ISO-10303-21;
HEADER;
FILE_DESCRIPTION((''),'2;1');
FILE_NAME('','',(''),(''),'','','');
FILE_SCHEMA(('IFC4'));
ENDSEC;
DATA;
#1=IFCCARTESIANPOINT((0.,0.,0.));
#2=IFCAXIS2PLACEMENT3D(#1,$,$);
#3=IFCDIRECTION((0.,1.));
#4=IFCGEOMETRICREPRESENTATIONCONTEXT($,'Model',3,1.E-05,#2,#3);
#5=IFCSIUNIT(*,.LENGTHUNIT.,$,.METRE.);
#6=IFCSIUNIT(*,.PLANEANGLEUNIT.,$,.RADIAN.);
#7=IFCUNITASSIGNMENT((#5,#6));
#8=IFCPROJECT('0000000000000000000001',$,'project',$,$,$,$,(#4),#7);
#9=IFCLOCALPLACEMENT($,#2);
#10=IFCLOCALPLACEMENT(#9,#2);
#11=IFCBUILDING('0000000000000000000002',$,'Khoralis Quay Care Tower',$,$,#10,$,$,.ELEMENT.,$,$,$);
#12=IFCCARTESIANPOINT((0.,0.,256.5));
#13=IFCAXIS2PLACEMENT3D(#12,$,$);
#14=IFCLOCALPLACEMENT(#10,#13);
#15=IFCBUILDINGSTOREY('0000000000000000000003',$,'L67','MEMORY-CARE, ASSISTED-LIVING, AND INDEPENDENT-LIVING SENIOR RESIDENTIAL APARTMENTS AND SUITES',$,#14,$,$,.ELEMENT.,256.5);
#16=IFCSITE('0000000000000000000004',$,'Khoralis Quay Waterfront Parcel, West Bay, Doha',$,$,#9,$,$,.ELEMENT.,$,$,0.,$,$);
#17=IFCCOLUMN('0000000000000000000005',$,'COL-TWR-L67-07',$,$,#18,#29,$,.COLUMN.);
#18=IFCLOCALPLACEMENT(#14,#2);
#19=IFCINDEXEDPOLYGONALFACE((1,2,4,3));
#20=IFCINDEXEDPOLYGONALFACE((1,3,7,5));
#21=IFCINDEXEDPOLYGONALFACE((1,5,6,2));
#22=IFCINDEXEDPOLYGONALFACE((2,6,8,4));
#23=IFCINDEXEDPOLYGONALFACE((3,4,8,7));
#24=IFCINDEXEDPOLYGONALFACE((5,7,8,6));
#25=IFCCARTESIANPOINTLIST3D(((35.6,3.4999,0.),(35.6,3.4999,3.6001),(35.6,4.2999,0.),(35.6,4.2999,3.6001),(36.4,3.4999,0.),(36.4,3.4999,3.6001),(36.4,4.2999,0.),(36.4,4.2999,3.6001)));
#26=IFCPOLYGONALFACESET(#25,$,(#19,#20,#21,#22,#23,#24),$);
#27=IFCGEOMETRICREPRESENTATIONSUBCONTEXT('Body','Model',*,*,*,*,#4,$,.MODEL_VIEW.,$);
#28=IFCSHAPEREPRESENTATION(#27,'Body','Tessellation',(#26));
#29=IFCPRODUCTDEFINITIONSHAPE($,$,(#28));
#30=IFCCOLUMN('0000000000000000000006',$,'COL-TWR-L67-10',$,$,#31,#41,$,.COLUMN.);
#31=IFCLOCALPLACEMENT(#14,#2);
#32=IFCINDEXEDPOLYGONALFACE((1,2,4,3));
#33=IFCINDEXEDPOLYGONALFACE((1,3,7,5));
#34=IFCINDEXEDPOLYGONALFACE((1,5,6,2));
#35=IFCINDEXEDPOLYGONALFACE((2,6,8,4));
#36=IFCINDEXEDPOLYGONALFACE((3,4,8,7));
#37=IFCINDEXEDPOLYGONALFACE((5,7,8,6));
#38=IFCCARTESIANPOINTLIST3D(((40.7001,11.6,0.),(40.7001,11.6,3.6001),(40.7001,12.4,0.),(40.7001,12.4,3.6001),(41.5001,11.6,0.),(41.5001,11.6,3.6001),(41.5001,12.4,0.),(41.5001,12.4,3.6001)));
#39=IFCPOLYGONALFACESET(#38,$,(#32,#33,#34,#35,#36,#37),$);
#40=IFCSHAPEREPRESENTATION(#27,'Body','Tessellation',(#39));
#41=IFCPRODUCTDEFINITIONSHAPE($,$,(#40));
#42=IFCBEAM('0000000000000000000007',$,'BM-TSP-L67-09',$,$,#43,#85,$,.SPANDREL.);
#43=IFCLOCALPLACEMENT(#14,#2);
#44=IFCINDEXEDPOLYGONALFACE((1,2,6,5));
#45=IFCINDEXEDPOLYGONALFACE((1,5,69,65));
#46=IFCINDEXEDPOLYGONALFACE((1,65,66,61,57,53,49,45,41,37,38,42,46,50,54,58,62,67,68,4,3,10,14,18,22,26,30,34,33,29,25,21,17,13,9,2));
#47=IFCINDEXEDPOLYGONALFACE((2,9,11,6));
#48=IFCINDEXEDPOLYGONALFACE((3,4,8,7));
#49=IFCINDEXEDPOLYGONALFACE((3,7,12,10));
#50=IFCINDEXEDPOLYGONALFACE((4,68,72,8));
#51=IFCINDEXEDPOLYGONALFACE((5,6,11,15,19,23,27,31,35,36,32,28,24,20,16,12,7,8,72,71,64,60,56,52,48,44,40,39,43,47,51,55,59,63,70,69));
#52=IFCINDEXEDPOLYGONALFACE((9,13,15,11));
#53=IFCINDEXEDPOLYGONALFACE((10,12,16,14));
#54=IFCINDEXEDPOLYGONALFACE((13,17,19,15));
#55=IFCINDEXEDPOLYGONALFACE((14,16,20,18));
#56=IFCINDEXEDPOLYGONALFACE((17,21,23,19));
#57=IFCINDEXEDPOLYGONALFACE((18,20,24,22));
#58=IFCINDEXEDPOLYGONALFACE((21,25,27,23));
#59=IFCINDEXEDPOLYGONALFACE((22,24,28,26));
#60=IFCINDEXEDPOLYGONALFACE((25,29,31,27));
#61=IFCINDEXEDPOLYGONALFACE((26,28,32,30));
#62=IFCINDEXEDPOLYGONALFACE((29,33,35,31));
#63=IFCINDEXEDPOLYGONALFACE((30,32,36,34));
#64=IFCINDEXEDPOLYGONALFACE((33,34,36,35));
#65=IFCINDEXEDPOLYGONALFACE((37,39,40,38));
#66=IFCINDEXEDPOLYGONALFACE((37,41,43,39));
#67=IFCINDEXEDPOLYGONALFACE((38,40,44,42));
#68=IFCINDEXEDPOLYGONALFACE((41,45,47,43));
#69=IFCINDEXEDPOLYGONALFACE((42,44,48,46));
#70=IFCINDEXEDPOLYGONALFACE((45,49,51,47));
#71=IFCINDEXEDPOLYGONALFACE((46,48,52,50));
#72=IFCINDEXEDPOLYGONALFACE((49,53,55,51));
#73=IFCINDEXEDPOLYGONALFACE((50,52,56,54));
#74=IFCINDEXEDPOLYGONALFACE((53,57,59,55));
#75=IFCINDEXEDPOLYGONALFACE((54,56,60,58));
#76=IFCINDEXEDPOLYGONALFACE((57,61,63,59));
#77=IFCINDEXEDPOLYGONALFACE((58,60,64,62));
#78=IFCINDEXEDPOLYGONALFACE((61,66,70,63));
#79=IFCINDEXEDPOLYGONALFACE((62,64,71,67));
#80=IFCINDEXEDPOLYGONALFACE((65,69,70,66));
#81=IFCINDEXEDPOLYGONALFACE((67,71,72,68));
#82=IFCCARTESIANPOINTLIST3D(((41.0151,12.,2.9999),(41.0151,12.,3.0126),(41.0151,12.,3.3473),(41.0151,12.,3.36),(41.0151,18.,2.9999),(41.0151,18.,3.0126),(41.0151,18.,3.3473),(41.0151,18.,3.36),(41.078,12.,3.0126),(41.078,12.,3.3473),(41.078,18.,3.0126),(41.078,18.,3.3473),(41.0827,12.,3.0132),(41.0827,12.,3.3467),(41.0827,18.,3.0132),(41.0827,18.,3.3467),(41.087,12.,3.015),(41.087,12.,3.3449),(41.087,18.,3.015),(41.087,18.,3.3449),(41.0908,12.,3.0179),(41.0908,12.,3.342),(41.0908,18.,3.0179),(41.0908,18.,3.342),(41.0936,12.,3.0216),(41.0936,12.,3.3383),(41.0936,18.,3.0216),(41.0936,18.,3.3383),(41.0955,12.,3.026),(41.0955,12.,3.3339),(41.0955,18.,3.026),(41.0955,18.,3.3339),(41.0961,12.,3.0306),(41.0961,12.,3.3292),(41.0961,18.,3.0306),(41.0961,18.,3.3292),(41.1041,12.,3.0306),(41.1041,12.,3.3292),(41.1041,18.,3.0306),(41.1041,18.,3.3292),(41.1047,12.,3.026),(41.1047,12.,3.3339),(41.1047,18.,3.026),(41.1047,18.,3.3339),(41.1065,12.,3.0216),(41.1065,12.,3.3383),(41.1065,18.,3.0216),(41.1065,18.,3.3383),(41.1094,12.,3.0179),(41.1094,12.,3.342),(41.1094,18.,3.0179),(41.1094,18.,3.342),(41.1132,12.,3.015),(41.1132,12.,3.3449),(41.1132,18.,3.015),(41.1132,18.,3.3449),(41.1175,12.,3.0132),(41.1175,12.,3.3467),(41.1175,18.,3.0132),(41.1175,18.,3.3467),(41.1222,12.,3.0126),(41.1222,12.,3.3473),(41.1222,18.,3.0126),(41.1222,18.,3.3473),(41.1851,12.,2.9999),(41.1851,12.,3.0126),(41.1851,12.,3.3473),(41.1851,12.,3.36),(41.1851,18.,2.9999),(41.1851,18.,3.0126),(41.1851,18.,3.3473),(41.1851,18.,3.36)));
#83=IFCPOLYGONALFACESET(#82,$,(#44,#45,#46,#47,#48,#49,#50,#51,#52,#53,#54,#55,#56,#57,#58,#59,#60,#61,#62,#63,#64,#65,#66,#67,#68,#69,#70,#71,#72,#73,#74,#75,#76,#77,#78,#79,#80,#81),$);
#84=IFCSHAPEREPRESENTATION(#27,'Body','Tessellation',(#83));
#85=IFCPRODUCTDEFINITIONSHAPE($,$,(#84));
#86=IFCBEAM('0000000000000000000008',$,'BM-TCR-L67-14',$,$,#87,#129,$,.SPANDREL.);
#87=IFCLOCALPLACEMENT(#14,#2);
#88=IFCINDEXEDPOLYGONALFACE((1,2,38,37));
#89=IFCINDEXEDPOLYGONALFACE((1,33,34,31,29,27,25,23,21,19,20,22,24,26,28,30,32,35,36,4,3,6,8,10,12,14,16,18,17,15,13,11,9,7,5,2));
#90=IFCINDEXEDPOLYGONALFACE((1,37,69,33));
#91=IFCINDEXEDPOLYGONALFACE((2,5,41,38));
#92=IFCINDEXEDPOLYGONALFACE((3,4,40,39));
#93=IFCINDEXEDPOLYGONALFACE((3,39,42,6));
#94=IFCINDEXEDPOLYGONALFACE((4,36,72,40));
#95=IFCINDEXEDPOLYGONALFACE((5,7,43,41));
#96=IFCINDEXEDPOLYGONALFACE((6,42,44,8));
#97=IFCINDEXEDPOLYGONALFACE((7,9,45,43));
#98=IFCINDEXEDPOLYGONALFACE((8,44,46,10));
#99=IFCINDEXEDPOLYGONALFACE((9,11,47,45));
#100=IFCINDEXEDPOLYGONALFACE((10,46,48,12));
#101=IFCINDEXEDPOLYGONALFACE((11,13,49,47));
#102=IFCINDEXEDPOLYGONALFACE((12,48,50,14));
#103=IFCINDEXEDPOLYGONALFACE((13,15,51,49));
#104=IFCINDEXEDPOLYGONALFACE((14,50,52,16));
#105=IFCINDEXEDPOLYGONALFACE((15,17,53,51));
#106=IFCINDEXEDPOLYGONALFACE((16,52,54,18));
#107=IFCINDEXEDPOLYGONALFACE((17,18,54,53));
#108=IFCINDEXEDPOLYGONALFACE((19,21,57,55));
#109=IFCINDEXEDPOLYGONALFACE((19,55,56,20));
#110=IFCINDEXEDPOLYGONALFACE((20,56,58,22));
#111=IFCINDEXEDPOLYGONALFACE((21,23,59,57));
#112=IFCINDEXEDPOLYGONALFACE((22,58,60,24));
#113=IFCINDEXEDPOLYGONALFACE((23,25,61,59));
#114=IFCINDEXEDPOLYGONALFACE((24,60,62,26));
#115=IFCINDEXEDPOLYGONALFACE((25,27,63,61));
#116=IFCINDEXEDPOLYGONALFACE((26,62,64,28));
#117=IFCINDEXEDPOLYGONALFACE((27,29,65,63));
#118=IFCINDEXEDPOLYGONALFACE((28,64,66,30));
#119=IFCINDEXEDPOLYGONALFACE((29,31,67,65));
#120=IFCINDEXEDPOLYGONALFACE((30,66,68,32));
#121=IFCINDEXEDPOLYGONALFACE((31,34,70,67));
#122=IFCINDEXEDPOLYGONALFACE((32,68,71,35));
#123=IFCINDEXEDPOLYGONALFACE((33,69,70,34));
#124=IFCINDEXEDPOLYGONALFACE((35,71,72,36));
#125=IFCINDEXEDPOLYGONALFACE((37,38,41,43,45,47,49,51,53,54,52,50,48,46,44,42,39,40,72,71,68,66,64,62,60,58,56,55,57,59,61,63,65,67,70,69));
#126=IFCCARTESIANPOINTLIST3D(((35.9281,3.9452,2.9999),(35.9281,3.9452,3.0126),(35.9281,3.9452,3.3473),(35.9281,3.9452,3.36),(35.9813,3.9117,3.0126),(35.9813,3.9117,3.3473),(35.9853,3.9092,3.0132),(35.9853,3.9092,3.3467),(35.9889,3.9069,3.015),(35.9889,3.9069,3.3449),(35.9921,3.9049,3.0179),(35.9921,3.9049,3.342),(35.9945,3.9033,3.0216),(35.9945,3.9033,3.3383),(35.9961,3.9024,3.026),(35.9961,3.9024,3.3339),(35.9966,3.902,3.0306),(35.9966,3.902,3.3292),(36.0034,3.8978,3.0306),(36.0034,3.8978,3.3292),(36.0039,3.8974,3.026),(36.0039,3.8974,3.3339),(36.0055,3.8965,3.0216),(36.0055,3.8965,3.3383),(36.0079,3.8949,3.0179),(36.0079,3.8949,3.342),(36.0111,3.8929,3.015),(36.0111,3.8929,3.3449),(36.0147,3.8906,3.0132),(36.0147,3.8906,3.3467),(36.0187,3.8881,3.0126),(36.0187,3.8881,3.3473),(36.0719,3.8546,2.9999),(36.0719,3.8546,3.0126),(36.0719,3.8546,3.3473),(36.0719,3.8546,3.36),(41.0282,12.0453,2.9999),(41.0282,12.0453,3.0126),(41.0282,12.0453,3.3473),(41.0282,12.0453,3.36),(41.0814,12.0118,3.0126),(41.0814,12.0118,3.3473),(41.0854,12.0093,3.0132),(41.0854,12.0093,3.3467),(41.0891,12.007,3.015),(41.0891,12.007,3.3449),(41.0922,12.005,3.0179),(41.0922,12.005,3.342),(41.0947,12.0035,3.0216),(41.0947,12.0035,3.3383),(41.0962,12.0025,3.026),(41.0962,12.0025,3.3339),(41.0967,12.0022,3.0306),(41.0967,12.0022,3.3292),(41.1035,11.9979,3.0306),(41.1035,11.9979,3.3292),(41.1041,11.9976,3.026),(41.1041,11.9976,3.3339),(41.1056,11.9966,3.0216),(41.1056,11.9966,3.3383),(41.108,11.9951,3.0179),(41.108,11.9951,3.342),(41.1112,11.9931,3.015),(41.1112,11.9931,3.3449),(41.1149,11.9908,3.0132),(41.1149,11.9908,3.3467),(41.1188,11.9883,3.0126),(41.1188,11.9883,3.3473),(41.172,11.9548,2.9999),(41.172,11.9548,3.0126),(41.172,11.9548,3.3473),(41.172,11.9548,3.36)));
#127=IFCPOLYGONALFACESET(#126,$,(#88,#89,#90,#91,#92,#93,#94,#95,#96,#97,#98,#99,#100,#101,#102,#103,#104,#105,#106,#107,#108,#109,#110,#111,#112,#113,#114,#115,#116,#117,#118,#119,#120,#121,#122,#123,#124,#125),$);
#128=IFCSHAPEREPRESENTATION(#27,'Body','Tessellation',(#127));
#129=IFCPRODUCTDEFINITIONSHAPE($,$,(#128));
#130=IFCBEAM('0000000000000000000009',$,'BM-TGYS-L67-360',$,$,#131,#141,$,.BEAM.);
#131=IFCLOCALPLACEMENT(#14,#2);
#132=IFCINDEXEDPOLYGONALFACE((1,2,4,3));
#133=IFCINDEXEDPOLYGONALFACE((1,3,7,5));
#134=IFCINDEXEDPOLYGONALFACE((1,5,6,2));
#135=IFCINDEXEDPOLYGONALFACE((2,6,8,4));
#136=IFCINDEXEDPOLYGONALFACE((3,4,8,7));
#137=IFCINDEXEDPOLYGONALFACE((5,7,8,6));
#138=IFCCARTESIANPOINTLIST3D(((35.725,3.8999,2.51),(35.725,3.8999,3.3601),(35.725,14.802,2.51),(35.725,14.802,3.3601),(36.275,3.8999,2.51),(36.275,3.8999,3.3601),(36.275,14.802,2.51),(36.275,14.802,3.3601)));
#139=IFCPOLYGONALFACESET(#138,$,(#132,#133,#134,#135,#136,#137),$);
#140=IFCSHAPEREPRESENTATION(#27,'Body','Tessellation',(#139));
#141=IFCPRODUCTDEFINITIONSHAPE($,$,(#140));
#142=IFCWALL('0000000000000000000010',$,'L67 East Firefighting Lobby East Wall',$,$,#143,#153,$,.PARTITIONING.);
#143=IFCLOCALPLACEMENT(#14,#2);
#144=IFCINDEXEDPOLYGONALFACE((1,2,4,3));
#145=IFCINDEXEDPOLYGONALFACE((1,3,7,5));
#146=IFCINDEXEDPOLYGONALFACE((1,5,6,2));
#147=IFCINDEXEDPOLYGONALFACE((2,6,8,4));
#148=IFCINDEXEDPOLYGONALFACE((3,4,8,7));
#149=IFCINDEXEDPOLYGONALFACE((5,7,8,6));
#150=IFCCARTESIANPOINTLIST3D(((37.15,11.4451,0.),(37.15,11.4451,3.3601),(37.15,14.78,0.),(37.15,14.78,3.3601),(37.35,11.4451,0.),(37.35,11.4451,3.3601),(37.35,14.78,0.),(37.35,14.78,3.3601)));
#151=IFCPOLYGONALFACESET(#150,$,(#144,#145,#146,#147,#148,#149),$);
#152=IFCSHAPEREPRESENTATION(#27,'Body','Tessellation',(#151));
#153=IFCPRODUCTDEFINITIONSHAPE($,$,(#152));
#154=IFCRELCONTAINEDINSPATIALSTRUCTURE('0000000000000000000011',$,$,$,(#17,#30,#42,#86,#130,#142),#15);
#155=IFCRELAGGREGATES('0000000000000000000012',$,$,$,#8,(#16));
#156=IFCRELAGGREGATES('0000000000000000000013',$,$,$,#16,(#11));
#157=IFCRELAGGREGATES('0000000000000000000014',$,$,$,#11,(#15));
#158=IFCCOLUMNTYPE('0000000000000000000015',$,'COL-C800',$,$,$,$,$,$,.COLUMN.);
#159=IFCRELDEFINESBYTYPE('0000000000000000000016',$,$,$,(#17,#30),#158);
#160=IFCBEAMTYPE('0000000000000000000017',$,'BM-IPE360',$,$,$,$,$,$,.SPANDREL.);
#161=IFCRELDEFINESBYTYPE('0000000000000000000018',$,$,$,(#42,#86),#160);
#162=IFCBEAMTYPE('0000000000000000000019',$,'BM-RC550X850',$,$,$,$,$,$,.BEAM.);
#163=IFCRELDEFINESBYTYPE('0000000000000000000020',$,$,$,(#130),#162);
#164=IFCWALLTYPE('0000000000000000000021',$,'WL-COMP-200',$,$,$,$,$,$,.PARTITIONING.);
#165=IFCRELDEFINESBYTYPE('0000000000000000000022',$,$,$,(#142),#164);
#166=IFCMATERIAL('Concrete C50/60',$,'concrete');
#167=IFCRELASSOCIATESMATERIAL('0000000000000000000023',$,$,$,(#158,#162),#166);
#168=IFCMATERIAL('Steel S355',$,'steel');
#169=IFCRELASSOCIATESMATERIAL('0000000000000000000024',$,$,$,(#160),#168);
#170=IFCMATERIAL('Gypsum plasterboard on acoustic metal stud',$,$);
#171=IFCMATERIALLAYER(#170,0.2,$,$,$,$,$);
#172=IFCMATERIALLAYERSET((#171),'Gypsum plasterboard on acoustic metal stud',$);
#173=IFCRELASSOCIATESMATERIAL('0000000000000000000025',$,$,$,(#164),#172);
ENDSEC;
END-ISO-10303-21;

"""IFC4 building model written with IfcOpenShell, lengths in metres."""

from ifc_helpers import new_model, si_unit, direction, frame, frame_2d, origin, origin_2d, place, context, subcontext, project, spatial, rectangle, i_section, extrude, source, transform, mapped, material, layer, layer_set, material_profile, profile_set, type_object, element, save


model = new_model("IFC4")

# Units and contexts
model_context = context("Model", 3, precision=1e-05, world=origin(), true_north=direction((0.0, 1.0)))
body_context = subcontext(model_context, "Body", "Model", "MODEL_VIEW")
ifc_project = project(units=[si_unit("LENGTHUNIT", "METRE"), si_unit("PLANEANGLEUNIT", "RADIAN")], contexts=[model_context])

# Site, building, storey
site_placement = place(None, origin())
site = spatial("IfcSite", under=ifc_project, at=site_placement, Name="Khoralis Quay Waterfront Parcel, West Bay, Doha", CompositionType="ELEMENT", RefElevation=0.0)
building_placement = place(site_placement, origin())
building = spatial("IfcBuilding", under=site, at=building_placement, Name="Khoralis Quay Care Tower", CompositionType="ELEMENT")
storey_placement = place(building_placement, frame((0.0, 0.0, 256.5)))
storey = spatial("IfcBuildingStorey", under=building, at=storey_placement, Name="L67", Description="MEMORY-CARE, ASSISTED-LIVING, AND INDEPENDENT-LIVING SENIOR RESIDENTIAL APARTMENTS AND SUITES", CompositionType="ELEMENT", Elevation=256.5)

# Columns
ifc_material_1 = material(Name="Concrete C50/60", Category="concrete")
ifc_material_profile_1 = material_profile(ifc_material_1, rectangle(XDim=0.8, YDim=0.8, at=origin_2d()), Name="Concrete C50/60")
ifc_profile_set_1 = profile_set([ifc_material_profile_1], Name="Concrete C50/60")
column_type = type_object("IfcColumnType", Name="COL-C800", PredefinedType="COLUMN", material=ifc_profile_set_1)
shared_shape_1 = source(origin(), body_context, "Body", "SweptSolid", [
    extrude(rectangle(XDim=0.8, YDim=0.8, at=origin_2d()), origin(), (0.0, 0.0, 1.0), 3.6001),
])
for number, where, z_axis, x_axis, name in (
    (1, (36.0, 3.8999, 0.0), (0.0, 0.0, 1.0), (1.0, 0.0, 0.0), "COL-TWR-L67-07"),
    (2, (41.1001, 12.0, 0.0), (0.0, 0.0, 1.0), (1.0, 0.0, 0.0), "COL-TWR-L67-10"),
):
    element("IfcColumn", number, at=place(storey_placement, frame(where, z_axis=z_axis, x_axis=x_axis)), inside=storey, type_object=column_type, Name=name, PredefinedType="COLUMN", context=body_context, shape_type="MappedRepresentation", body=[
        mapped(shared_shape_1, transform((0.0, 0.0, 0.0), scale=1.0)),
    ])

# Beams
ifc_material_2 = material(Name="Steel S355", Category="steel")
ifc_material_profile_2 = material_profile(ifc_material_2, i_section(OverallWidth=0.1699, OverallDepth=0.3601, WebThickness=0.0081, FlangeThickness=0.0127, FilletRadius=0.0181, at=origin_2d()), Name="Steel S355")
ifc_profile_set_2 = profile_set([ifc_material_profile_2], Name="Steel S355")
beam_type_1 = type_object("IfcBeamType", Name="BM-IPE360", PredefinedType="SPANDREL", material=ifc_profile_set_2)
shared_shape_2 = source(origin(), body_context, "Body", "SweptSolid", [
    extrude(i_section(OverallWidth=0.1699, OverallDepth=0.3601, WebThickness=0.0081, FlangeThickness=0.0127, FilletRadius=0.0181, at=origin_2d()), origin(), (0.0, 0.0, 1.0), 6.0),
])
beam_1_placement = place(storey_placement, frame((41.1001, 12.0, 3.1799), z_axis=(0.0, 1.0, 0.0), x_axis=(-1.0, 0.0, 0.0)))
element("IfcBeam", 3, at=beam_1_placement, inside=storey, type_object=beam_type_1, Name="BM-TSP-L67-09", PredefinedType="SPANDREL", context=body_context, shape_type="MappedRepresentation", body=[
    mapped(shared_shape_2, transform((0.0, 0.0, 0.0), scale=1.0)),
])
shared_shape_3 = source(origin(), body_context, "Body", "SweptSolid", [
    extrude(i_section(OverallWidth=0.1699, OverallDepth=0.3601, WebThickness=0.0081, FlangeThickness=0.0127, FilletRadius=0.0181, at=origin_2d()), origin(), (0.0, 0.0, 1.0), 9.572),
])
beam_2_placement = place(storey_placement, frame((36.0, 3.8999, 3.1799), z_axis=(0.532816, 0.846231, 0.0), x_axis=(-0.846231, 0.532816, 0.0)))
element("IfcBeam", 4, at=beam_2_placement, inside=storey, type_object=beam_type_1, Name="BM-TCR-L67-14", PredefinedType="SPANDREL", context=body_context, shape_type="MappedRepresentation", body=[
    mapped(shared_shape_3, transform((0.0, 0.0, 0.0), scale=1.0)),
])
ifc_material_profile_3 = material_profile(ifc_material_1, rectangle(XDim=0.55, YDim=0.8501, at=origin_2d()), Name="Concrete C50/60")
ifc_profile_set_3 = profile_set([ifc_material_profile_3], Name="Concrete C50/60")
beam_type_2 = type_object("IfcBeamType", Name="BM-RC550X850", PredefinedType="BEAM", material=ifc_profile_set_3)
shared_shape_4 = source(origin(), body_context, "Body", "SweptSolid", [
    extrude(rectangle(XDim=0.55, YDim=0.8501, at=origin_2d()), origin(), (0.0, 0.0, 1.0), 10.9021),
])
beam_3_placement = place(storey_placement, frame((36.0, 3.8999, 2.9351), z_axis=(0.0, 1.0, 0.0), x_axis=(-1.0, 0.0, 0.0)))
element("IfcBeam", 5, at=beam_3_placement, inside=storey, type_object=beam_type_2, Name="BM-TGYS-L67-360", PredefinedType="BEAM", context=body_context, shape_type="MappedRepresentation", body=[
    mapped(shared_shape_4, transform((0.0, 0.0, 0.0), scale=1.0)),
])

# Wall
ifc_material_3 = material(Name="Gypsum plasterboard on acoustic metal stud")
ifc_layer_1 = layer(ifc_material_3, 0.2)
ifc_layer_set_1 = layer_set([ifc_layer_1], Name="Gypsum plasterboard on acoustic metal stud")
wall_type_1 = type_object("IfcWallType", Name="WL-COMP-200", PredefinedType="PARTITIONING", material=ifc_layer_set_1)
wall_1_placement = place(storey_placement, frame((37.25, 11.4451, 0.0), z_axis=(0.0, 0.0, 1.0), x_axis=(0.0, 1.0, 0.0)))
element("IfcWall", 6, at=wall_1_placement, inside=storey, type_object=wall_type_1, Name="L67 East Firefighting Lobby East Wall", PredefinedType="PARTITIONING", context=body_context, shape_type="SweptSolid", body=[
    extrude(rectangle(XDim=3.335, YDim=0.2, at=frame_2d((1.6675, 0.0))), origin(), (0.0, 0.0, 1.0), 3.3601),
])

save(model, "model.ifc")
